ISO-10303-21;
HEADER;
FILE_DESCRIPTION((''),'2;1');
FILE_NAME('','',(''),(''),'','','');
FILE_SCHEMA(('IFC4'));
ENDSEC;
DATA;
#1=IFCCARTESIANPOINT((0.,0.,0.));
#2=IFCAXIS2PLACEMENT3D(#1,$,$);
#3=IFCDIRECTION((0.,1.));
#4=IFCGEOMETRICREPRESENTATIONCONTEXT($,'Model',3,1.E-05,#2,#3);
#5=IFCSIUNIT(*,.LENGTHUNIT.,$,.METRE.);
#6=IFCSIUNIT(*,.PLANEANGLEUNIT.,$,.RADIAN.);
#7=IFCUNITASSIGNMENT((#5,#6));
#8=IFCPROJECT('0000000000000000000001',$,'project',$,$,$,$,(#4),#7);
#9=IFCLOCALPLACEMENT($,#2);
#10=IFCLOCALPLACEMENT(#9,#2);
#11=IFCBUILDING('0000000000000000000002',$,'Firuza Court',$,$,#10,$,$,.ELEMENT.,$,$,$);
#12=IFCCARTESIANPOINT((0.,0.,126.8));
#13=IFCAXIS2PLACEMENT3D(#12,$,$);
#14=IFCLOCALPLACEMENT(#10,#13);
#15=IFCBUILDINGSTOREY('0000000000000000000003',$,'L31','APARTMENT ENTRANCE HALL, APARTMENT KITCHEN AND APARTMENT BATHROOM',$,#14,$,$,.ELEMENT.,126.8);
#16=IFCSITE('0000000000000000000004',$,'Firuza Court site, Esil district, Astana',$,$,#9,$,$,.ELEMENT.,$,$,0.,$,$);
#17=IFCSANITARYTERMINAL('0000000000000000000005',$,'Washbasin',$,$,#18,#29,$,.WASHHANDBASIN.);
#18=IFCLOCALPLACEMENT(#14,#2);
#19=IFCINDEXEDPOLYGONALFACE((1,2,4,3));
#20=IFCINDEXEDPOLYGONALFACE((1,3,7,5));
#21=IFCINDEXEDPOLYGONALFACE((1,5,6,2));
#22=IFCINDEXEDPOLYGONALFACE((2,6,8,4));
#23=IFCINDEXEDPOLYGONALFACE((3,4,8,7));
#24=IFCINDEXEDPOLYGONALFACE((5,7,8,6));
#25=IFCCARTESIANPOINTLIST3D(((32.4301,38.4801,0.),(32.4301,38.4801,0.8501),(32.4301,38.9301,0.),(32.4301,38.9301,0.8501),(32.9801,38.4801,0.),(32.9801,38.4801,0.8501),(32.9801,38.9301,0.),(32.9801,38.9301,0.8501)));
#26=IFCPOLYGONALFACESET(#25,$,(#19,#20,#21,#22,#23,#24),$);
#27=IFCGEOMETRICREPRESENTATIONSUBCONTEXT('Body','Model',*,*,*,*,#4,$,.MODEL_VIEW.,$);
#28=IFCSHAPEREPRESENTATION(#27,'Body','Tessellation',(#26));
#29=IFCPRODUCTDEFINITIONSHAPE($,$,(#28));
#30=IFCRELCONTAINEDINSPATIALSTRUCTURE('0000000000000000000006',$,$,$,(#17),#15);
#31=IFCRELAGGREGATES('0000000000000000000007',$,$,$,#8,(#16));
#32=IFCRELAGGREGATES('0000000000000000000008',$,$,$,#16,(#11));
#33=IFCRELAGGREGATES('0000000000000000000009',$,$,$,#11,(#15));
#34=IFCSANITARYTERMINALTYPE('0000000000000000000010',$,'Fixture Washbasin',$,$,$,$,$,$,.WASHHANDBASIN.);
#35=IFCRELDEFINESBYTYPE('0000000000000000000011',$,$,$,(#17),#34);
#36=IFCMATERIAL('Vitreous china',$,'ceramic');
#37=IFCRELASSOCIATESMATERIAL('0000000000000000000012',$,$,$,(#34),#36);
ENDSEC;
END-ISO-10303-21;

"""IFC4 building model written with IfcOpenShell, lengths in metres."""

from ifc_helpers import new_model, si_unit, direction, frame, origin, origin_2d, place, context, subcontext, project, spatial, rectangle, extrude, material, type_object, element, save


model = new_model("IFC4")

# Units and contexts
model_context = context("Model", 3, precision=1e-05, world=origin(), true_north=direction((0.0, 1.0)))
body_context = subcontext(model_context, "Body", "Model", "MODEL_VIEW")
ifc_project = project(units=[si_unit("LENGTHUNIT", "METRE"), si_unit("PLANEANGLEUNIT", "RADIAN")], contexts=[model_context])

# Site, building, storey
site_placement = place(None, origin())
site = spatial("IfcSite", under=ifc_project, at=site_placement, Name="Firuza Court site, Esil district, Astana", CompositionType="ELEMENT", RefElevation=0.0)
building_placement = place(site_placement, origin())
building = spatial("IfcBuilding", under=site, at=building_placement, Name="Firuza Court", CompositionType="ELEMENT")
storey_placement = place(building_placement, frame((0.0, 0.0, 126.8)))
storey = spatial("IfcBuildingStorey", under=building, at=storey_placement, Name="L31", Description="APARTMENT ENTRANCE HALL, APARTMENT KITCHEN AND APARTMENT BATHROOM", CompositionType="ELEMENT", Elevation=126.8)

# Sanitary terminal
ifc_material_1 = material(Name="Vitreous china", Category="ceramic")
sanitary_terminal_type_1 = type_object("IfcSanitaryTerminalType", Name="Fixture Washbasin", PredefinedType="WASHHANDBASIN", material=ifc_material_1)
sanitary_terminal_1_placement = place(storey_placement, frame((32.7051, 38.7051, 0.0), z_axis=(0.0, 0.0, 1.0), x_axis=(1.0, 0.0, 0.0)))
element("IfcSanitaryTerminal", 1, at=sanitary_terminal_1_placement, inside=storey, type_object=sanitary_terminal_type_1, Name="Washbasin", PredefinedType="WASHHANDBASIN", context=body_context, shape_type="SweptSolid", body=[
    extrude(rectangle(XDim=0.55, YDim=0.45, at=origin_2d()), origin(), (0.0, 0.0, 1.0), 0.8501),
])

save(model, "model.ifc")
